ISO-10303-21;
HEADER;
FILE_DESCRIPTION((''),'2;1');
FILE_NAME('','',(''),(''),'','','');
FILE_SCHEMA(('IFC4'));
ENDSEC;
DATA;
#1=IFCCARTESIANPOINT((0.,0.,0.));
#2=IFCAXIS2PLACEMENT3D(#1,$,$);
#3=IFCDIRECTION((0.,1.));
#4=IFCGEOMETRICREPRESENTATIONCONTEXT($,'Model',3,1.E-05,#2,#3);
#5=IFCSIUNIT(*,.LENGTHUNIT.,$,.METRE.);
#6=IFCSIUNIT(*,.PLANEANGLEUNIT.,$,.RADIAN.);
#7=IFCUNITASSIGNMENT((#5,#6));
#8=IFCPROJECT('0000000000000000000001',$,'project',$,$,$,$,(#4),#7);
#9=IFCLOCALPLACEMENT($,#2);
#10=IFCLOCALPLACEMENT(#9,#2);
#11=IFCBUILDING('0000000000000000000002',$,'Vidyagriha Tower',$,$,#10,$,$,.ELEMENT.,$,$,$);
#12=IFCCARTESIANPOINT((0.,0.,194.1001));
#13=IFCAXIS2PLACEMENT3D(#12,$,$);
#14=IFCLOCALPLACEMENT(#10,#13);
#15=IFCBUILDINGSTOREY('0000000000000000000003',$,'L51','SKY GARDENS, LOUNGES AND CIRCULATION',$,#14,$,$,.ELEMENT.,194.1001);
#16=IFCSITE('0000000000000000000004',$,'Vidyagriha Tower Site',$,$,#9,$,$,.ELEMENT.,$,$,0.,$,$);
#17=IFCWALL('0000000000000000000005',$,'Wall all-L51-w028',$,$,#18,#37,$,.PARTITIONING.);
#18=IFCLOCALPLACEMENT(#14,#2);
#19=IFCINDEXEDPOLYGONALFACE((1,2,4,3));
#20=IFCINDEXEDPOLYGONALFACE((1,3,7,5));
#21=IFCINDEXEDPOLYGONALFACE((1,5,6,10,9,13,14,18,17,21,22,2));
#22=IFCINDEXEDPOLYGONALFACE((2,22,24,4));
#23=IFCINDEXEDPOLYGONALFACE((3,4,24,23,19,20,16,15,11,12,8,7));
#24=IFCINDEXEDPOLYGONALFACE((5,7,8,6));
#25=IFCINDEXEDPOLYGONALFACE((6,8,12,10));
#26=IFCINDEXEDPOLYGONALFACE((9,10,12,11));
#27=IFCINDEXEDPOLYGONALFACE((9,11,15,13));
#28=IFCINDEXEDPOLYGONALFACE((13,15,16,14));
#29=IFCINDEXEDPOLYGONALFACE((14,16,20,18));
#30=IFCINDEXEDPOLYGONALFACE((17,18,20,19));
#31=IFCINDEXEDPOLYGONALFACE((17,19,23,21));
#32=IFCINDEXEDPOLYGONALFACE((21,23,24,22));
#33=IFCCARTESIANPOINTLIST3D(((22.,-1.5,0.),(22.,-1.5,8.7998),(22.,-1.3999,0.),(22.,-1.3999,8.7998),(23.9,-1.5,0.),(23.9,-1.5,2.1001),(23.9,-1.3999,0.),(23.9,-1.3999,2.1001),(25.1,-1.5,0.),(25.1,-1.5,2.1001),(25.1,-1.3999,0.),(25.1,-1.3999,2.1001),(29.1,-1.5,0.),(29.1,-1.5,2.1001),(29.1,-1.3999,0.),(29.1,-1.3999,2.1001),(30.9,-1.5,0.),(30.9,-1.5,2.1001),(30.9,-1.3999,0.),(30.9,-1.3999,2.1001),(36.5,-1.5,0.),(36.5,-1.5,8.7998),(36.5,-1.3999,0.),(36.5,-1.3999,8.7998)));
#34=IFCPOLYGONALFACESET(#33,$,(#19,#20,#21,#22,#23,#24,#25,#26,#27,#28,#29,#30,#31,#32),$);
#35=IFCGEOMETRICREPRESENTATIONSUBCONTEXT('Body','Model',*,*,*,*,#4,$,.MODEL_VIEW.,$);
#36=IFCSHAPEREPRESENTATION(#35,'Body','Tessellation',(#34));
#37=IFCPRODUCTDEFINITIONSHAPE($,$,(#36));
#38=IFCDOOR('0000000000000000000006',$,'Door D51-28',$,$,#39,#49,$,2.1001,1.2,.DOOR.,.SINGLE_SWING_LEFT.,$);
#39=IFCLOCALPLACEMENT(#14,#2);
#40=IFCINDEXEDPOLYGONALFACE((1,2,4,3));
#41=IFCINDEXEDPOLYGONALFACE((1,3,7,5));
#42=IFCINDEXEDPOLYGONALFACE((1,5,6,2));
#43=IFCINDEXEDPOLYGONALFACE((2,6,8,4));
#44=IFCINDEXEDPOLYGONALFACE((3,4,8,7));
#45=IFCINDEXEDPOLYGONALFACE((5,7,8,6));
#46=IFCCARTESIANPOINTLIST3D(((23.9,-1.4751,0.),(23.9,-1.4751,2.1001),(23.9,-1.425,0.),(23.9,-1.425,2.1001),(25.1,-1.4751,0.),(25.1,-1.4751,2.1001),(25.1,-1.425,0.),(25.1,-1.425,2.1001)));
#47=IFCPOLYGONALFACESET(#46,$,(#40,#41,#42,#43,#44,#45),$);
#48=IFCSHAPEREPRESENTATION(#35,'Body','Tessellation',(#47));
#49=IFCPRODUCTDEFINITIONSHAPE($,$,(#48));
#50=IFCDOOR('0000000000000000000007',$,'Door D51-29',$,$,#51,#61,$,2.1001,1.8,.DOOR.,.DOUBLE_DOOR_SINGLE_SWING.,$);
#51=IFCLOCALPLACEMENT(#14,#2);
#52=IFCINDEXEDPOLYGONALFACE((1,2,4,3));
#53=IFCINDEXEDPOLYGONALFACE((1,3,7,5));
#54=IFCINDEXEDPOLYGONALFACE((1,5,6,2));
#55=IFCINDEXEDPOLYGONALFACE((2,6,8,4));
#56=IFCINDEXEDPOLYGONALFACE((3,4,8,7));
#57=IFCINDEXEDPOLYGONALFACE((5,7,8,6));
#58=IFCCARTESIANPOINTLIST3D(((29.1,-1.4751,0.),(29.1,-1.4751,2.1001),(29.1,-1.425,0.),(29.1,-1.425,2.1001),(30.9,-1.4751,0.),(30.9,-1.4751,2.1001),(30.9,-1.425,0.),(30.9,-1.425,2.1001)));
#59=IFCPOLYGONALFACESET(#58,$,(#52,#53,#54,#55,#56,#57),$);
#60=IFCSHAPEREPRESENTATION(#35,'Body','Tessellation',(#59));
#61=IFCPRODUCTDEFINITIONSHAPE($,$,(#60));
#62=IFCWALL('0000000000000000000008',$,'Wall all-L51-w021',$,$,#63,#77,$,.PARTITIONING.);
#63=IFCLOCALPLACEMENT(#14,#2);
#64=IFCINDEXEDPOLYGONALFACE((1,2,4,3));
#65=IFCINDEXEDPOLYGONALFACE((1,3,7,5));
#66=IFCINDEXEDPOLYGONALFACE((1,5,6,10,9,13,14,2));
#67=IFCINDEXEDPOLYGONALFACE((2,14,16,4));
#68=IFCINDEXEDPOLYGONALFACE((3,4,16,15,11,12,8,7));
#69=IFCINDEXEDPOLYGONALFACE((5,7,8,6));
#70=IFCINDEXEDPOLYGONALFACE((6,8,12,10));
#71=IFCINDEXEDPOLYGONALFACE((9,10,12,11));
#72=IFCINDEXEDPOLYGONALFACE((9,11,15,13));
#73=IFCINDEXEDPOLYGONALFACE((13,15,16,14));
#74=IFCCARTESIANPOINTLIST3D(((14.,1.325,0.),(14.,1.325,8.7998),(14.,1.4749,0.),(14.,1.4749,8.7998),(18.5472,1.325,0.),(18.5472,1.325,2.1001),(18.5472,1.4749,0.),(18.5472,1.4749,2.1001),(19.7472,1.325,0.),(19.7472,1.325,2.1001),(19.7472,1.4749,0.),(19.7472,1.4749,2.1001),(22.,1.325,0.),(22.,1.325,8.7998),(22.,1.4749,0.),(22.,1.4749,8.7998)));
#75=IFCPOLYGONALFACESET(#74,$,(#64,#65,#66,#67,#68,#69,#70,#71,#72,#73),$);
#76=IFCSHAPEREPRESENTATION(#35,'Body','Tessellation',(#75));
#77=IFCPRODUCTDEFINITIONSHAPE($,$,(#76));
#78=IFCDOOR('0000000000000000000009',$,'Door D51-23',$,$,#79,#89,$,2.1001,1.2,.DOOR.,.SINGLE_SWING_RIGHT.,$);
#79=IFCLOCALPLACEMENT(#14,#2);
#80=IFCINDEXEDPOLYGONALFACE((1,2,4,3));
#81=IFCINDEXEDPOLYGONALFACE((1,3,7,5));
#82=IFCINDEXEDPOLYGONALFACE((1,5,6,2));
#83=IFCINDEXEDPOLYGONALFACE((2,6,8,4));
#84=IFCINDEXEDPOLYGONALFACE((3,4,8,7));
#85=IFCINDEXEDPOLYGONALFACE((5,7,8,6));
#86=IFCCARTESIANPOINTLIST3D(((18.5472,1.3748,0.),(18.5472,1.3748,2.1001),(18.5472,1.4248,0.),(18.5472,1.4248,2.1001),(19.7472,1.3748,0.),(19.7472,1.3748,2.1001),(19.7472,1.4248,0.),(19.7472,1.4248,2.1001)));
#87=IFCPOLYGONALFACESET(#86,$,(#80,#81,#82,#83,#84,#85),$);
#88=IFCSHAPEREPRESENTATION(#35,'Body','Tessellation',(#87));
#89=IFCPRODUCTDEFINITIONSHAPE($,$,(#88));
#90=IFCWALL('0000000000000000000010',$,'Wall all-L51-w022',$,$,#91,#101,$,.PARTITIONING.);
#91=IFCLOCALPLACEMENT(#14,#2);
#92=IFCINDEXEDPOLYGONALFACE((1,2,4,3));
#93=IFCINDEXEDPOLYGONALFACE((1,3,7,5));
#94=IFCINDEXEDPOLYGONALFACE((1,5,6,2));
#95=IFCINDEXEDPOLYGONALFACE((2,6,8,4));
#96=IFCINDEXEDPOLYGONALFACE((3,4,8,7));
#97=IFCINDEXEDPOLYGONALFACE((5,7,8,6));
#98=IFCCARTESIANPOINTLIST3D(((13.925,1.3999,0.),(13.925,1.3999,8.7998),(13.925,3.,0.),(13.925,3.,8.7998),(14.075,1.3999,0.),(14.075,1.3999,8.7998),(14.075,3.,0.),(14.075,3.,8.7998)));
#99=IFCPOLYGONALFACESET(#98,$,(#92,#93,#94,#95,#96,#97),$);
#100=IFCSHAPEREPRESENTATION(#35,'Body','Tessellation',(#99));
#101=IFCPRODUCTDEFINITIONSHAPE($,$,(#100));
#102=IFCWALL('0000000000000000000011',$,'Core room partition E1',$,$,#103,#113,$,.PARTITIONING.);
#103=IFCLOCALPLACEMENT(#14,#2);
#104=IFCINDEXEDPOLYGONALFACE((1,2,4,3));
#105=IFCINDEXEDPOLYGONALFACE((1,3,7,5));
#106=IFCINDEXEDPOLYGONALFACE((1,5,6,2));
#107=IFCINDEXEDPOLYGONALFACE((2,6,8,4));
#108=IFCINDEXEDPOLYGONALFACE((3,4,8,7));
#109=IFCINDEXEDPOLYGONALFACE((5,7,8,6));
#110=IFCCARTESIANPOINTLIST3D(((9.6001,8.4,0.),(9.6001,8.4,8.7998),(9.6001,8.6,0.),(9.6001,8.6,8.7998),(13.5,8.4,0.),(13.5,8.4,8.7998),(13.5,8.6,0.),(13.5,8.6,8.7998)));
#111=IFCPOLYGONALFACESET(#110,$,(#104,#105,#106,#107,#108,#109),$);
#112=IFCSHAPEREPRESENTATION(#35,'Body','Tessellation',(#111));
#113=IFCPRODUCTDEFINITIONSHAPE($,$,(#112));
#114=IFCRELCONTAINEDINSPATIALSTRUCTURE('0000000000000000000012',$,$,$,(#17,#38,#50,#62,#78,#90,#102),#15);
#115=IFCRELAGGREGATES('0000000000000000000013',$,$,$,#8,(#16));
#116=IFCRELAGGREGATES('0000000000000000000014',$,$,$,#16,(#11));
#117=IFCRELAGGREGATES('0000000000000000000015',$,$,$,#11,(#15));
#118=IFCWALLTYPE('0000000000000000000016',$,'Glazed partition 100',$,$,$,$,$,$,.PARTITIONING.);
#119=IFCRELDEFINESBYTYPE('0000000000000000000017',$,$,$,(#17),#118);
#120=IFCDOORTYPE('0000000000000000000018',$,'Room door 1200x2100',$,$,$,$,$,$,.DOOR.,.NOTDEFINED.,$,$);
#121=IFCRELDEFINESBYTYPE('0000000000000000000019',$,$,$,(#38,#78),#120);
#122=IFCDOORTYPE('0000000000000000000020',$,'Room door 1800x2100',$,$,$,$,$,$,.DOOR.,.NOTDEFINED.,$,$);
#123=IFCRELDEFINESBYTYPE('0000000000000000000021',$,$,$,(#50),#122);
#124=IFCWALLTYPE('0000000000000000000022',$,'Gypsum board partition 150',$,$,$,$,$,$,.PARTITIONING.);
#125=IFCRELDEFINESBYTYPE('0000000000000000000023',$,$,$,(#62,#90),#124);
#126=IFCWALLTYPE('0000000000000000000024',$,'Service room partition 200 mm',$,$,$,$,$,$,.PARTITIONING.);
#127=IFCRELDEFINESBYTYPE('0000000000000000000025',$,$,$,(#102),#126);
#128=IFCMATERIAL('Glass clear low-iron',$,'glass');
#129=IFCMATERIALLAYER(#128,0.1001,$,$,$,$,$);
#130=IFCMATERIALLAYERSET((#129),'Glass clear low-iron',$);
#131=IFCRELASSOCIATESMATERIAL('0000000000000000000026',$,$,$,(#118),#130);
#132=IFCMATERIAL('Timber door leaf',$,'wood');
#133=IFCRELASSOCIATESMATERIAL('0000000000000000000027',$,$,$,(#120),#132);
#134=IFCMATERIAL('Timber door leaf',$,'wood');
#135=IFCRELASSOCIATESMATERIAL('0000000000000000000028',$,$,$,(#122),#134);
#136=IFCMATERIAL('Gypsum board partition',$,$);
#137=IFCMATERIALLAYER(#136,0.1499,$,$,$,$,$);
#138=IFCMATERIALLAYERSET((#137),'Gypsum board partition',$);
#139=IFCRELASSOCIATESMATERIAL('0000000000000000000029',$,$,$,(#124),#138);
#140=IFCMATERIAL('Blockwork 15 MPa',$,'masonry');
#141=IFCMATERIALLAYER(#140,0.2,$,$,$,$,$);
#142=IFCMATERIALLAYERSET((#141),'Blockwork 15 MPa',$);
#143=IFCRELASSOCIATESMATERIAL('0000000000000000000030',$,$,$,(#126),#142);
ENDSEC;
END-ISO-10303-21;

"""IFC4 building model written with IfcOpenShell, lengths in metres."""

from ifc_helpers import new_model, si_unit, direction, frame, frame_2d, origin, place, context, subcontext, project, spatial, rectangle, extrude, material, layer, layer_set, type_object, element, fill, save


model = new_model("IFC4")

# Units and contexts
model_context = context("Model", 3, precision=1e-05, world=origin(), true_north=direction((0.0, 1.0)))
body_context = subcontext(model_context, "Body", "Model", "MODEL_VIEW")
ifc_project = project(units=[si_unit("LENGTHUNIT", "METRE"), si_unit("PLANEANGLEUNIT", "RADIAN")], contexts=[model_context])

# Site, building, storey
site_placement = place(None, origin())
site = spatial("IfcSite", under=ifc_project, at=site_placement, Name="Vidyagriha Tower Site", CompositionType="ELEMENT", RefElevation=0.0)
building_placement = place(site_placement, origin())
building = spatial("IfcBuilding", under=site, at=building_placement, Name="Vidyagriha Tower", CompositionType="ELEMENT")
storey_placement = place(building_placement, frame((0.0, 0.0, 194.1001)))
storey = spatial("IfcBuildingStorey", under=building, at=storey_placement, Name="L51", Description="SKY GARDENS, LOUNGES AND CIRCULATION", CompositionType="ELEMENT", Elevation=194.1001)

# Wall, openings, doors
ifc_material_1 = material(Name="Glass clear low-iron", Category="glass")
ifc_layer_1 = layer(ifc_material_1, 0.1001)
ifc_layer_set_1 = layer_set([ifc_layer_1], Name="Glass clear low-iron")
wall_type_1 = type_object("IfcWallType", Name="Glazed partition 100", PredefinedType="PARTITIONING", material=ifc_layer_set_1)
wall_1_placement = place(storey_placement, frame((22.0, -1.45, 0.0)))
wall_1 = element("IfcWall", 1, at=wall_1_placement, inside=storey, type_object=wall_type_1, Name="Wall all-L51-w028", PredefinedType="PARTITIONING", context=body_context, shape_type="SweptSolid", body=[
    extrude(rectangle(XDim=14.5, YDim=0.1001, at=frame_2d((7.25, 0.0))), origin(), (0.0, 0.0, 1.0), 8.7998),
])
opening_1_placement = place(wall_1_placement, frame((1.8999, 0.0, 0.0)))
opening_1 = element("IfcOpeningElement", 2, at=opening_1_placement, cuts=wall_1, PredefinedType="OPENING", context=body_context, shape_type="SweptSolid", body=[
    extrude(rectangle(XDim=1.2, YDim=2.1001, at=frame_2d((0.6001, 1.05))), frame((0.0, 0.0601, 0.0), z_axis=(0.0, -1.0, 0.0), x_axis=(1.0, 0.0, 0.0)), (0.0, 0.0, 1.0), 0.1201),
])
opening_2_placement = place(wall_1_placement, frame((7.1001, 0.0, 0.0)))
opening_2 = element("IfcOpeningElement", 3, at=opening_2_placement, cuts=wall_1, PredefinedType="OPENING", context=body_context, shape_type="SweptSolid", body=[
    extrude(rectangle(XDim=1.8, YDim=2.1001, at=frame_2d((0.8999, 1.05))), frame((0.0, 0.0601, 0.0), z_axis=(0.0, -1.0, 0.0), x_axis=(1.0, 0.0, 0.0)), (0.0, 0.0, 1.0), 0.1201),
])
ifc_material_2 = material(Name="Timber door leaf", Category="wood")
door_type_1 = type_object("IfcDoorType", Name="Room door 1200x2100", OperationType="NOTDEFINED", PredefinedType="DOOR", material=ifc_material_2)
door_1_placement = place(opening_1_placement, origin())
door_1 = element("IfcDoor", 4, at=door_1_placement, inside=storey, type_object=door_type_1, Name="Door D51-28", OperationType="SINGLE_SWING_LEFT", OverallHeight=2.1001, OverallWidth=1.2, PredefinedType="DOOR", context=body_context, shape_type="SweptSolid", body=[
    extrude(rectangle(XDim=1.2, YDim=2.1001, at=frame_2d((0.6001, 1.05))), frame((0.0, 0.0249, 0.0), z_axis=(0.0, -1.0, 0.0), x_axis=(1.0, 0.0, 0.0)), (0.0, 0.0, 1.0), 0.05),
])
fill(opening_1, door_1)
ifc_material_3 = material(Name="Timber door leaf", Category="wood")
door_type_2 = type_object("IfcDoorType", Name="Room door 1800x2100", OperationType="NOTDEFINED", PredefinedType="DOOR", material=ifc_material_3)
door_2_placement = place(opening_2_placement, origin())
door_2 = element("IfcDoor", 5, at=door_2_placement, inside=storey, type_object=door_type_2, Name="Door D51-29", OperationType="DOUBLE_DOOR_SINGLE_SWING", OverallHeight=2.1001, OverallWidth=1.8, PredefinedType="DOOR", context=body_context, shape_type="SweptSolid", body=[
    extrude(rectangle(XDim=1.8, YDim=2.1001, at=frame_2d((0.8999, 1.05))), frame((0.0, 0.0249, 0.0), z_axis=(0.0, -1.0, 0.0), x_axis=(1.0, 0.0, 0.0)), (0.0, 0.0, 1.0), 0.05),
])
fill(opening_2, door_2)

# Wall, opening, door
ifc_material_4 = material(Name="Gypsum board partition")
ifc_layer_2 = layer(ifc_material_4, 0.1499)
ifc_layer_set_2 = layer_set([ifc_layer_2], Name="Gypsum board partition")
wall_type_2 = type_object("IfcWallType", Name="Gypsum board partition 150", PredefinedType="PARTITIONING", material=ifc_layer_set_2)
wall_2_placement = place(storey_placement, frame((14.0, 1.3999, 0.0)))
wall_2 = element("IfcWall", 6, at=wall_2_placement, inside=storey, type_object=wall_type_2, Name="Wall all-L51-w021", PredefinedType="PARTITIONING", context=body_context, shape_type="SweptSolid", body=[
    extrude(rectangle(XDim=8.0, YDim=0.1499, at=frame_2d((4.0, 0.0))), origin(), (0.0, 0.0, 1.0), 8.7998),
])
opening_3_placement = place(wall_2_placement, frame((4.5471, 0.0, 0.0)))
opening_3 = element("IfcOpeningElement", 7, at=opening_3_placement, cuts=wall_2, PredefinedType="OPENING", context=body_context, shape_type="SweptSolid", body=[
    extrude(rectangle(XDim=1.2, YDim=2.1001, at=frame_2d((0.6001, 1.05))), frame((0.0, 0.085, 0.0), z_axis=(0.0, -1.0, 0.0), x_axis=(1.0, 0.0, 0.0)), (0.0, 0.0, 1.0), 0.1699),
])
door_3_placement = place(opening_3_placement, origin())
door_3 = element("IfcDoor", 8, at=door_3_placement, inside=storey, type_object=door_type_1, Name="Door D51-23", OperationType="SINGLE_SWING_RIGHT", OverallHeight=2.1001, OverallWidth=1.2, PredefinedType="DOOR", context=body_context, shape_type="SweptSolid", body=[
    extrude(rectangle(XDim=1.2, YDim=2.1001, at=frame_2d((0.6001, 1.05))), frame((0.0, 0.0249, 0.0), z_axis=(0.0, -1.0, 0.0), x_axis=(1.0, 0.0, 0.0)), (0.0, 0.0, 1.0), 0.05),
])
fill(opening_3, door_3)

# Walls
wall_3_placement = place(storey_placement, frame((14.0, 3.0, 0.0), z_axis=(0.0, 0.0, 1.0), x_axis=(0.0, -1.0, 0.0)))
element("IfcWall", 9, at=wall_3_placement, inside=storey, type_object=wall_type_2, Name="Wall all-L51-w022", PredefinedType="PARTITIONING", context=body_context, shape_type="SweptSolid", body=[
    extrude(rectangle(XDim=1.6001, YDim=0.1499, at=frame_2d((0.8, 0.0))), origin(), (0.0, 0.0, 1.0), 8.7998),
])
ifc_material_5 = material(Name="Blockwork 15 MPa", Category="masonry")
ifc_layer_3 = layer(ifc_material_5, 0.2)
ifc_layer_set_3 = layer_set([ifc_layer_3], Name="Blockwork 15 MPa")
wall_type_3 = type_object("IfcWallType", Name="Service room partition 200 mm", PredefinedType="PARTITIONING", material=ifc_layer_set_3)
wall_4_placement = place(storey_placement, frame((9.6001, 8.5, 0.0)))
element("IfcWall", 10, at=wall_4_placement, inside=storey, type_object=wall_type_3, Name="Core room partition E1", PredefinedType="PARTITIONING", context=body_context, shape_type="SweptSolid", body=[
    extrude(rectangle(XDim=3.8999, YDim=0.2, at=frame_2d((1.95, 0.0))), origin(), (0.0, 0.0, 1.0), 8.7998),
])

save(model, "model.ifc")
